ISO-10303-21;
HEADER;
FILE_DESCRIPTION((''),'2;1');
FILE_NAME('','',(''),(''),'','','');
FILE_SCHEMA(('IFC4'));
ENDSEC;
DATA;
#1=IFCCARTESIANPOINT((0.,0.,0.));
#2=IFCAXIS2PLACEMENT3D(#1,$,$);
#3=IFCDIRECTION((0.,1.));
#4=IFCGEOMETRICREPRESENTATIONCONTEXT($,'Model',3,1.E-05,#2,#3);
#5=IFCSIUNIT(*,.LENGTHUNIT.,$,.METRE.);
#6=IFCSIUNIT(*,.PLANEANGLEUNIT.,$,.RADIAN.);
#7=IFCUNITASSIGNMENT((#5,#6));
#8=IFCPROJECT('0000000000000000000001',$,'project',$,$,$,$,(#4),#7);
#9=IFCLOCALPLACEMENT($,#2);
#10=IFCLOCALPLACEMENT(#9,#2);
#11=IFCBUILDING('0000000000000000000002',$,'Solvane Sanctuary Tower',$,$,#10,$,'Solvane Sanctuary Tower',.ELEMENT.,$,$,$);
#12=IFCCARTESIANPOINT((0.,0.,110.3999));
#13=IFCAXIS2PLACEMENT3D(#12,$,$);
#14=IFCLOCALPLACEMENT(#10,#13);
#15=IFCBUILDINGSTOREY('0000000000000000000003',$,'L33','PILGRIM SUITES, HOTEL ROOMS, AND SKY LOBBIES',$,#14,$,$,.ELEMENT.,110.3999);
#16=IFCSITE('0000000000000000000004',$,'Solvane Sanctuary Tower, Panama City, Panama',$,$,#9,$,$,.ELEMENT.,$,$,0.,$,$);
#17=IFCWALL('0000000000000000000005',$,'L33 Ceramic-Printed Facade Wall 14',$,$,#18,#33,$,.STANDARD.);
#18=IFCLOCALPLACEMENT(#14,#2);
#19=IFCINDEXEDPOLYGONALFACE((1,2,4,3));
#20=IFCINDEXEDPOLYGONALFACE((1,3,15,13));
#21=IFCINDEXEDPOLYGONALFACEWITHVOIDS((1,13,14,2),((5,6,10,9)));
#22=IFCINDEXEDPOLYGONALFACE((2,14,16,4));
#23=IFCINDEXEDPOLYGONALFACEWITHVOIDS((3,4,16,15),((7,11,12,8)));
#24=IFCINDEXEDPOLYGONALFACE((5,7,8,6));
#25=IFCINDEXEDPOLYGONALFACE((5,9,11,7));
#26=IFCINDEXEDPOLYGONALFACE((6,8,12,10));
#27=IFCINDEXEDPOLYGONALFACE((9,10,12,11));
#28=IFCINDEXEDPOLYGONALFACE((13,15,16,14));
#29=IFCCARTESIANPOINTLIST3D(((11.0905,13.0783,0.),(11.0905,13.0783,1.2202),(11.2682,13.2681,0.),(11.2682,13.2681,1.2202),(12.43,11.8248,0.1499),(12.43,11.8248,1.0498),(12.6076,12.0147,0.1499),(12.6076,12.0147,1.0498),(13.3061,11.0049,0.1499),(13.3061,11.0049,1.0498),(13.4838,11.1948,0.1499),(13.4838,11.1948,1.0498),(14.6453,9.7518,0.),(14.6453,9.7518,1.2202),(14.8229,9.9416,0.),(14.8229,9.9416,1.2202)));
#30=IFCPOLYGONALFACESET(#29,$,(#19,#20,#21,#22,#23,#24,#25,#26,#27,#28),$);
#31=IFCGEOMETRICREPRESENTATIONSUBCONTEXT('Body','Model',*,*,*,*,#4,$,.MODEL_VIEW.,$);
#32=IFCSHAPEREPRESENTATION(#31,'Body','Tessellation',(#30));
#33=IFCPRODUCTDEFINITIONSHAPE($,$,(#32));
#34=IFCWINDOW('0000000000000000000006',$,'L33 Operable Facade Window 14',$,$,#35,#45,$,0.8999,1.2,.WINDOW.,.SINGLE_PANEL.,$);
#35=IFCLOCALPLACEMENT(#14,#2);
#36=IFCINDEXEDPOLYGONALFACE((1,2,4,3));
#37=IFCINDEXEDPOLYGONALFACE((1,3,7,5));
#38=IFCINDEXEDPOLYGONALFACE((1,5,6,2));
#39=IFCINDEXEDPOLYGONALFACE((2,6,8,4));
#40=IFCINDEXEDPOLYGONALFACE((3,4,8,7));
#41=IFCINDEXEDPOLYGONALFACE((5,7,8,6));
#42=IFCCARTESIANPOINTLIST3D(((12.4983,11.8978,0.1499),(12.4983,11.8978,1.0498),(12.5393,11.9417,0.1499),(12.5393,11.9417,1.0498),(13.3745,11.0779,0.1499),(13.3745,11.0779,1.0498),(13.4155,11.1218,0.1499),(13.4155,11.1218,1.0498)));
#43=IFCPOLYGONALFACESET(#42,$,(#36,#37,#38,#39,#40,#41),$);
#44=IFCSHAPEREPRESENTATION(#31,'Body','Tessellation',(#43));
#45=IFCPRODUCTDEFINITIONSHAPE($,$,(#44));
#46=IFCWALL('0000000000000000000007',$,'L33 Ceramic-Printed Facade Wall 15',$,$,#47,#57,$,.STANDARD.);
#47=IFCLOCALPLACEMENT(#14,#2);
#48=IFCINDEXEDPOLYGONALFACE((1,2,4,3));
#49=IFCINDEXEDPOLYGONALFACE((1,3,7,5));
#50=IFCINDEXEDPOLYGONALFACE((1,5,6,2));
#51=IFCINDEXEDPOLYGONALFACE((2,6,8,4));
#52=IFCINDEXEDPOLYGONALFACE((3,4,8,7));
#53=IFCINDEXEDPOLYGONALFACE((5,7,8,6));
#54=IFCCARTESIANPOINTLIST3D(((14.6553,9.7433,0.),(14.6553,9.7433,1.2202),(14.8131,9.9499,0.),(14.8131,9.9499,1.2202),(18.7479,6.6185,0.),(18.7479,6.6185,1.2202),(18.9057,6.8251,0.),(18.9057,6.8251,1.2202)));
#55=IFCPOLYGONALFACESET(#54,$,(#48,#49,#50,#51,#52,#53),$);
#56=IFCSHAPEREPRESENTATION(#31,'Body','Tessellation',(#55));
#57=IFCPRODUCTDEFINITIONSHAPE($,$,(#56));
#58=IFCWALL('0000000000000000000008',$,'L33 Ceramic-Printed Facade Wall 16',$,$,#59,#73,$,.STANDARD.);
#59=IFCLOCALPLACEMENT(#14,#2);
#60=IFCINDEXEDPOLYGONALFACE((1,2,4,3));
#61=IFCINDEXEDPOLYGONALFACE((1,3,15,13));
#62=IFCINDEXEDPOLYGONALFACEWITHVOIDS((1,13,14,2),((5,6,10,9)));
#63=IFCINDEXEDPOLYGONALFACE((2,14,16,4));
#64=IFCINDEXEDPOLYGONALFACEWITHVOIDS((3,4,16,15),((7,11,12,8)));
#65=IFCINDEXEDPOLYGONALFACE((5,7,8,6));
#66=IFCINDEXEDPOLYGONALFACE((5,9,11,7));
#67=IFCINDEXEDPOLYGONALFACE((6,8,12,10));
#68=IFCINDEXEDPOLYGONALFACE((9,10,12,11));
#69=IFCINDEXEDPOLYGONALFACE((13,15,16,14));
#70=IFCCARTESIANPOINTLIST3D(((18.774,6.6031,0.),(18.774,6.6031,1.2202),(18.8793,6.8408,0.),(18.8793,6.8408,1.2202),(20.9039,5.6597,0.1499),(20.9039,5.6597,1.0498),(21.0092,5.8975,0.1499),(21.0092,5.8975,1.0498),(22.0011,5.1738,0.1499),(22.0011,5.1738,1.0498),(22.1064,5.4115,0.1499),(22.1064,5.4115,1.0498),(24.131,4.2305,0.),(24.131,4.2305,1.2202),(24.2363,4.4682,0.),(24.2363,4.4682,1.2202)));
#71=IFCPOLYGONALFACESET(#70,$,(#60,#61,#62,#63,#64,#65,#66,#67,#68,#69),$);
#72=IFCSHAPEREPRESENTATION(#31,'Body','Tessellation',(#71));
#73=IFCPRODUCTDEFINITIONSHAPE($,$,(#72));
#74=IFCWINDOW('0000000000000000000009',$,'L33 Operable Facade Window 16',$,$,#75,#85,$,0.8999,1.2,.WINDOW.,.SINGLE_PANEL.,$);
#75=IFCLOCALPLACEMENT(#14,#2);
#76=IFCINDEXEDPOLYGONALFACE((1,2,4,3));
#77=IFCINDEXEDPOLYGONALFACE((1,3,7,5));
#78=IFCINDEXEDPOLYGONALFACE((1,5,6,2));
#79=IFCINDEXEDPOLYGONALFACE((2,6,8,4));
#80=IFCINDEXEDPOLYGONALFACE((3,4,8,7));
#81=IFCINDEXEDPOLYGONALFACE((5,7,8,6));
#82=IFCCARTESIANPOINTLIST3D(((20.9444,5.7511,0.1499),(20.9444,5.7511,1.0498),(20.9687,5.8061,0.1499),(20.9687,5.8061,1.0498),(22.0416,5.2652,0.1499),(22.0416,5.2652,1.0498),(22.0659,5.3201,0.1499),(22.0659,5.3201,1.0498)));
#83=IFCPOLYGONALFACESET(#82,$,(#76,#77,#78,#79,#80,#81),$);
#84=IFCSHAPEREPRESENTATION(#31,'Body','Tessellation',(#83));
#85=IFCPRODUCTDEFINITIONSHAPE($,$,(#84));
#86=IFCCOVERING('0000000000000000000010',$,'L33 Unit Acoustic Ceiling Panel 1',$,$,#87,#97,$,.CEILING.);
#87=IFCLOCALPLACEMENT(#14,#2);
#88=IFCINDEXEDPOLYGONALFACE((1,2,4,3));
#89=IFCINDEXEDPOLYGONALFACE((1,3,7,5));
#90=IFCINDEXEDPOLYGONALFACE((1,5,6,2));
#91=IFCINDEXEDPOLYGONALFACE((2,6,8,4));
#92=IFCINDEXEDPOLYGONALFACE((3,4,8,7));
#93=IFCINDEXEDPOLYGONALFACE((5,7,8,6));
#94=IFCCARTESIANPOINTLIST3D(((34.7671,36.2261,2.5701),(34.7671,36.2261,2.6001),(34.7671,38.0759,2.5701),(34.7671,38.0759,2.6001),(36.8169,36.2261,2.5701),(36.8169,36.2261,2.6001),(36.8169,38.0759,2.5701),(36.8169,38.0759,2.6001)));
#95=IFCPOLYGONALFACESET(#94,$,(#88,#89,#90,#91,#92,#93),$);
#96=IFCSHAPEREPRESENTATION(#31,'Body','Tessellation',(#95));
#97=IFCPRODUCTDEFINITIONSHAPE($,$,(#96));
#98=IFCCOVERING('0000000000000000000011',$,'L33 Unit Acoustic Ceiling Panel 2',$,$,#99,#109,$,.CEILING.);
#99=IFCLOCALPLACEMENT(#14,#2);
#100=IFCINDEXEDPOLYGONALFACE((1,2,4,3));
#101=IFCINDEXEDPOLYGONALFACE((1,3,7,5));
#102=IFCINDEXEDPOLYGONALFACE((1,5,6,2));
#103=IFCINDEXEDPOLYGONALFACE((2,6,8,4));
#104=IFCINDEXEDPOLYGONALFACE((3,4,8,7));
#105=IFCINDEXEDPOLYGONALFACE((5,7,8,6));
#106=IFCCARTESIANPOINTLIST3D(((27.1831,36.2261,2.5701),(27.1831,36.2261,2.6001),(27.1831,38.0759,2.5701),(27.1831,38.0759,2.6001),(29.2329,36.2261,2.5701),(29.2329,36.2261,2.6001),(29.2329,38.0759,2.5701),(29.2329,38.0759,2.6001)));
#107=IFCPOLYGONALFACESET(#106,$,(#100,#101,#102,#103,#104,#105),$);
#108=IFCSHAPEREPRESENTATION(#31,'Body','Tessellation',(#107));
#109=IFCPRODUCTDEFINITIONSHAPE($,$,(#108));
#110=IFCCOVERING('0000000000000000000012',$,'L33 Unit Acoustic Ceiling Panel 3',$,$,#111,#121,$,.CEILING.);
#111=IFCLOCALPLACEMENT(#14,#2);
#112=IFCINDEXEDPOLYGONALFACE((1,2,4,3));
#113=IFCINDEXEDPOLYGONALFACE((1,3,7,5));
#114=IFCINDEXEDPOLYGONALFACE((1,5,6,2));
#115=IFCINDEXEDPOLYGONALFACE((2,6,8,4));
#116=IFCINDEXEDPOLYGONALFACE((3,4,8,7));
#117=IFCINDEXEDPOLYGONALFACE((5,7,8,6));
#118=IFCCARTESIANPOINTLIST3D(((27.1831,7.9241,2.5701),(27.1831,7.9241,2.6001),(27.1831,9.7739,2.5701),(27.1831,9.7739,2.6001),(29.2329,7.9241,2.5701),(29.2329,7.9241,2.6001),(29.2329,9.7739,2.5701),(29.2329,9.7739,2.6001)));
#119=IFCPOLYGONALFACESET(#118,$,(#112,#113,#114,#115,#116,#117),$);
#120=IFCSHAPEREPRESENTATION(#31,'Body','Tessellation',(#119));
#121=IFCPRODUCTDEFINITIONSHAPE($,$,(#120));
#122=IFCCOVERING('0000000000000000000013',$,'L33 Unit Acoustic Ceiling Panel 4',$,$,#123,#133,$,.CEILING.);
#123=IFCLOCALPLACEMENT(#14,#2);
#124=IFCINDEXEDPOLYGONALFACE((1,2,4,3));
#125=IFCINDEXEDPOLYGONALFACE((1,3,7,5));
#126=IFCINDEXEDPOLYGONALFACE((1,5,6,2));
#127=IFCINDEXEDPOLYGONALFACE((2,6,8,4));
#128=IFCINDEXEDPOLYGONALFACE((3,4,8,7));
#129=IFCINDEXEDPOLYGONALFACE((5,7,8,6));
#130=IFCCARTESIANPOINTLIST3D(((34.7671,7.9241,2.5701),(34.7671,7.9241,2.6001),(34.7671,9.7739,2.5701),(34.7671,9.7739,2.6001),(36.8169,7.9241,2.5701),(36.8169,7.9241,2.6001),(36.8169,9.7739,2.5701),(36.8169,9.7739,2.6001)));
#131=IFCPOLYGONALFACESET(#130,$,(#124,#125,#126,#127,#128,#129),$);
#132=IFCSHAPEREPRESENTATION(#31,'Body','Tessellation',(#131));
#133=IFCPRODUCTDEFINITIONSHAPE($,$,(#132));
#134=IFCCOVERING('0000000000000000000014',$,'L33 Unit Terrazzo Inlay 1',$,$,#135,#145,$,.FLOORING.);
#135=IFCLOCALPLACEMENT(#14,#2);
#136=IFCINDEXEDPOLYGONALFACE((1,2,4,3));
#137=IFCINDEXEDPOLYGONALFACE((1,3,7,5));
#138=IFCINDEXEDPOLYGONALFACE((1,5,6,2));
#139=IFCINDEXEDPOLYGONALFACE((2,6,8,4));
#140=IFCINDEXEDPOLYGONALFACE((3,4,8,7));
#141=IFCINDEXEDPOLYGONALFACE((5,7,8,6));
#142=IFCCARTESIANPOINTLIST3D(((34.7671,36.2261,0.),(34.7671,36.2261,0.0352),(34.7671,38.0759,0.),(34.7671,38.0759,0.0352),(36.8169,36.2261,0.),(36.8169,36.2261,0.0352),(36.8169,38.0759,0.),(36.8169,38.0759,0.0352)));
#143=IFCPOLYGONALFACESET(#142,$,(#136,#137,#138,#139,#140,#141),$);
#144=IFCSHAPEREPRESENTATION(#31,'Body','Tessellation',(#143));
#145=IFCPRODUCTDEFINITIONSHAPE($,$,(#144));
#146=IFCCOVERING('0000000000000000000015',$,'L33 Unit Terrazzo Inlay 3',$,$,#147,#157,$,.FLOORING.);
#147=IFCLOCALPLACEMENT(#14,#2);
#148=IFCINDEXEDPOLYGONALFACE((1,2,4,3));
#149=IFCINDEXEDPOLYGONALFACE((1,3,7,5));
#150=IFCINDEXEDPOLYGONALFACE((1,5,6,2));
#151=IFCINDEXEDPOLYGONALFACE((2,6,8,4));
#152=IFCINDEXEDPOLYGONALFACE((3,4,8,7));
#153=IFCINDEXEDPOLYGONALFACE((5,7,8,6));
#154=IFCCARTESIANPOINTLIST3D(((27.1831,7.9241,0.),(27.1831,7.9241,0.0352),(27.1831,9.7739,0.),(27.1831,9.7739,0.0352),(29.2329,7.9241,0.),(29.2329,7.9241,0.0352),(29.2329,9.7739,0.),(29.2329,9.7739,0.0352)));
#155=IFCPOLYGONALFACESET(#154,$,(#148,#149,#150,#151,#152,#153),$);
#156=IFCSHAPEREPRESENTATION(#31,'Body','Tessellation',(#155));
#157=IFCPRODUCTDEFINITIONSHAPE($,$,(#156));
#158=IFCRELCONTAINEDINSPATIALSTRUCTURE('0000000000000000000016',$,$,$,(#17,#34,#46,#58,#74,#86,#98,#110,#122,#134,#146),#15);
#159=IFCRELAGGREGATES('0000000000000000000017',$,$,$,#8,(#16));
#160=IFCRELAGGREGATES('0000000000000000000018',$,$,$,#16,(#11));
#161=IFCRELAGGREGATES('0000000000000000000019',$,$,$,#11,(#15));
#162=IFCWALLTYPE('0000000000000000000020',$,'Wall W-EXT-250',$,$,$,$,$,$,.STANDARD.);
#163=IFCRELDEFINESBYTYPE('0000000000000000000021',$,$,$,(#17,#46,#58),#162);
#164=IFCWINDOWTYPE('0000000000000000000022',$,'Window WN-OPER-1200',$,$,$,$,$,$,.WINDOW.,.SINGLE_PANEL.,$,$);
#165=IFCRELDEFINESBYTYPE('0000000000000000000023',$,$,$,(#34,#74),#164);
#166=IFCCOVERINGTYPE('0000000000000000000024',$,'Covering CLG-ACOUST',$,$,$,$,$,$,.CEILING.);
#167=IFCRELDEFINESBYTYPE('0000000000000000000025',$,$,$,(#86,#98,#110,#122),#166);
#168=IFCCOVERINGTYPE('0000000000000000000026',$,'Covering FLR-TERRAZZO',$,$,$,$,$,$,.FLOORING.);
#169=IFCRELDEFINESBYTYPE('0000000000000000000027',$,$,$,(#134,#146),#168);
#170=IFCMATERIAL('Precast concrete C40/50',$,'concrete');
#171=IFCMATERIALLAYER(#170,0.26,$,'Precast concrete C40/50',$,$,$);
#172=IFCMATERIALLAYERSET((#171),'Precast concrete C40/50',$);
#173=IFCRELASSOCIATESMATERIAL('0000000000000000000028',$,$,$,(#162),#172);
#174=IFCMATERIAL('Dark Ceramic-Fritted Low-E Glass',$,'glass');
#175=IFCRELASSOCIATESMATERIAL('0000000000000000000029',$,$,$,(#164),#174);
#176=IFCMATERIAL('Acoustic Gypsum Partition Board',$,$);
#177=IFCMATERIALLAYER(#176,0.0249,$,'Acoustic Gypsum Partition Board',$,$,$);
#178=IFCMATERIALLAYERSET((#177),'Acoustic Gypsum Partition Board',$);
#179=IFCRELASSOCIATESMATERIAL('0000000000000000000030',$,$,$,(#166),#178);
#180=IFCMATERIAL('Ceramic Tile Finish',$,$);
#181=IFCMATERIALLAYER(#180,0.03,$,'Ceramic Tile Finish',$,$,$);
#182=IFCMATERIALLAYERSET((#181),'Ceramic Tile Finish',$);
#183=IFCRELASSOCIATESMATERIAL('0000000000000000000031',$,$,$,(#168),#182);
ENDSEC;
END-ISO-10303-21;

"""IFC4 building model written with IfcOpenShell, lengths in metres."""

from ifc_helpers import new_model, si_unit, direction, frame, frame_2d, origin, place, context, subcontext, project, spatial, polyline, rectangle, outline, extrude, material, layer, layer_set, type_object, element, fill, save


model = new_model("IFC4")

# Units and contexts
model_context = context("Model", 3, precision=1e-05, world=origin(), true_north=direction((0.0, 1.0)))
body_context = subcontext(model_context, "Body", "Model", "MODEL_VIEW")
ifc_project = project(units=[si_unit("LENGTHUNIT", "METRE"), si_unit("PLANEANGLEUNIT", "RADIAN")], contexts=[model_context])

# Site, building, storey
site_placement = place(None, origin())
site = spatial("IfcSite", under=ifc_project, at=site_placement, Name="Solvane Sanctuary Tower, Panama City, Panama", CompositionType="ELEMENT", RefElevation=0.0)
building_placement = place(site_placement, origin())
building = spatial("IfcBuilding", under=site, at=building_placement, Name="Solvane Sanctuary Tower", LongName="Solvane Sanctuary Tower", CompositionType="ELEMENT")
storey_placement = place(building_placement, frame((0.0, 0.0, 110.3999)))
storey = spatial("IfcBuildingStorey", under=building, at=storey_placement, Name="L33", Description="PILGRIM SUITES, HOTEL ROOMS, AND SKY LOBBIES", CompositionType="ELEMENT", Elevation=110.3999)

# Shared definitions
ifc_material_1 = material(Name="Acoustic Gypsum Partition Board")

# Wall, opening, window
ifc_material_2 = material(Name="Precast concrete C40/50", Category="concrete")
ifc_layer_1 = layer(ifc_material_2, 0.26, Name="Precast concrete C40/50")
ifc_layer_set_1 = layer_set([ifc_layer_1], Name="Precast concrete C40/50")
wall_type_1 = type_object("IfcWallType", Name="Wall W-EXT-250", PredefinedType="STANDARD", material=ifc_layer_set_1)
wall_1_placement = place(storey_placement, frame((11.1794, 13.1731, 0.0), z_axis=(0.0, 0.0, 1.0), x_axis=(0.730162, -0.683274, 0.0)))
wall_1 = element("IfcWall", 1, at=wall_1_placement, inside=storey, type_object=wall_type_1, Name="L33 Ceramic-Printed Facade Wall 14", PredefinedType="STANDARD", context=body_context, shape_type="SweptSolid", body=[
    extrude(rectangle(XDim=4.8684, YDim=0.26, at=frame_2d((2.4341, 0.0))), origin(), (0.0, 0.0, 1.0), 1.2202),
])
opening_1_placement = place(wall_1_placement, frame((1.8342, 0.0, 0.1499)))
opening_1 = element("IfcOpeningElement", 2, at=opening_1_placement, cuts=wall_1, PredefinedType="OPENING", context=body_context, shape_type="SweptSolid", body=[
    extrude(rectangle(XDim=1.2, YDim=0.8999, at=frame_2d((0.6001, 0.45))), frame((0.0, 0.1399, 0.0), z_axis=(0.0, -1.0, 0.0), x_axis=(1.0, 0.0, 0.0)), (0.0, 0.0, 1.0), 0.28),
])
ifc_material_3 = material(Name="Dark Ceramic-Fritted Low-E Glass", Category="glass")
window_type = type_object("IfcWindowType", Name="Window WN-OPER-1200", PartitioningType="SINGLE_PANEL", PredefinedType="WINDOW", material=ifc_material_3)
window_1_placement = place(opening_1_placement, origin())
window_1 = element("IfcWindow", 3, at=window_1_placement, inside=storey, type_object=window_type, Name="L33 Operable Facade Window 14", OverallHeight=0.8999, OverallWidth=1.2, PartitioningType="SINGLE_PANEL", PredefinedType="WINDOW", context=body_context, shape_type="SweptSolid", body=[
    extrude(rectangle(XDim=1.2, YDim=0.8999, at=frame_2d((0.6001, 0.45))), frame((0.0, 0.03, 0.0), z_axis=(0.0, -1.0, 0.0), x_axis=(1.0, 0.0, 0.0)), (0.0, 0.0, 1.0), 0.0601),
])
fill(opening_1, window_1)

# Wall
wall_2_placement = place(storey_placement, frame((14.7341, 9.8467, 0.0), z_axis=(0.0, 0.0, 1.0), x_axis=(0.79481, -0.606859, 0.0)))
element("IfcWall", 4, at=wall_2_placement, inside=storey, type_object=wall_type_1, Name="L33 Ceramic-Printed Facade Wall 15", PredefinedType="STANDARD", context=body_context, shape_type="SweptSolid", body=[
    extrude(rectangle(XDim=5.1492, YDim=0.26, at=frame_2d((2.5747, 0.0))), origin(), (0.0, 0.0, 1.0), 1.2202),
])

# Wall, opening, window
wall_3_placement = place(storey_placement, frame((18.8267, 6.7219, 0.0), z_axis=(0.0, 0.0, 1.0), x_axis=(0.914337, -0.404955, 0.0)))
wall_3 = element("IfcWall", 5, at=wall_3_placement, inside=storey, type_object=wall_type_1, Name="L33 Ceramic-Printed Facade Wall 16", PredefinedType="STANDARD", context=body_context, shape_type="SweptSolid", body=[
    extrude(rectangle(XDim=5.8589, YDim=0.26, at=frame_2d((2.9294, 0.0))), origin(), (0.0, 0.0, 1.0), 1.2202),
])
opening_2_placement = place(wall_3_placement, frame((2.3293, 0.0, 0.1499)))
opening_2 = element("IfcOpeningElement", 6, at=opening_2_placement, cuts=wall_3, PredefinedType="OPENING", context=body_context, shape_type="SweptSolid", body=[
    extrude(rectangle(XDim=1.2, YDim=0.8999, at=frame_2d((0.6001, 0.45))), frame((0.0, 0.1399, 0.0), z_axis=(0.0, -1.0, 0.0), x_axis=(1.0, 0.0, 0.0)), (0.0, 0.0, 1.0), 0.28),
])
window_2_placement = place(opening_2_placement, origin())
window_2 = element("IfcWindow", 7, at=window_2_placement, inside=storey, type_object=window_type, Name="L33 Operable Facade Window 16", OverallHeight=0.8999, OverallWidth=1.2, PartitioningType="SINGLE_PANEL", PredefinedType="WINDOW", context=body_context, shape_type="SweptSolid", body=[
    extrude(rectangle(XDim=1.2, YDim=0.8999, at=frame_2d((0.6001, 0.45))), frame((0.0, 0.03, 0.0), z_axis=(0.0, -1.0, 0.0), x_axis=(1.0, 0.0, 0.0)), (0.0, 0.0, 1.0), 0.0601),
])
fill(opening_2, window_2)

# Coverings
ifc_layer_2 = layer(ifc_material_1, 0.0249, Name="Acoustic Gypsum Partition Board")
ifc_layer_set_2 = layer_set([ifc_layer_2], Name="Acoustic Gypsum Partition Board")
covering_type_1 = type_object("IfcCoveringType", Name="Covering CLG-ACOUST", PredefinedType="CEILING", material=ifc_layer_set_2)
covering_1_placement = place(storey_placement, frame((0.0, 0.0, 2.5701)))
element("IfcCovering", 8, at=covering_1_placement, inside=storey, type_object=covering_type_1, Name="L33 Unit Acoustic Ceiling Panel 1", PredefinedType="CEILING", context=body_context, shape_type="SweptSolid", body=[
    extrude(outline(polyline([(34.7671, 36.2261), (36.8169, 36.2261), (36.8169, 38.0759), (34.7671, 38.0759), (34.7671, 36.2261)])), origin(), (0.0, 0.0, 1.0), 0.03),
])
covering_2_placement = place(storey_placement, frame((0.0, 0.0, 2.5701)))
element("IfcCovering", 9, at=covering_2_placement, inside=storey, type_object=covering_type_1, Name="L33 Unit Acoustic Ceiling Panel 2", PredefinedType="CEILING", context=body_context, shape_type="SweptSolid", body=[
    extrude(outline(polyline([(27.1831, 36.2261), (29.2329, 36.2261), (29.2329, 38.0759), (27.1831, 38.0759), (27.1831, 36.2261)])), origin(), (0.0, 0.0, 1.0), 0.03),
])
covering_3_placement = place(storey_placement, frame((0.0, 0.0, 2.5701)))
element("IfcCovering", 10, at=covering_3_placement, inside=storey, type_object=covering_type_1, Name="L33 Unit Acoustic Ceiling Panel 3", PredefinedType="CEILING", context=body_context, shape_type="SweptSolid", body=[
    extrude(outline(polyline([(27.1831, 7.9241), (29.2329, 7.9241), (29.2329, 9.7739), (27.1831, 9.7739), (27.1831, 7.9241)])), origin(), (0.0, 0.0, 1.0), 0.03),
])
covering_4_placement = place(storey_placement, frame((0.0, 0.0, 2.5701)))
element("IfcCovering", 11, at=covering_4_placement, inside=storey, type_object=covering_type_1, Name="L33 Unit Acoustic Ceiling Panel 4", PredefinedType="CEILING", context=body_context, shape_type="SweptSolid", body=[
    extrude(outline(polyline([(34.7671, 7.9241), (36.8169, 7.9241), (36.8169, 9.7739), (34.7671, 9.7739), (34.7671, 7.9241)])), origin(), (0.0, 0.0, 1.0), 0.03),
])
ifc_material_4 = material(Name="Ceramic Tile Finish")
ifc_layer_3 = layer(ifc_material_4, 0.03, Name="Ceramic Tile Finish")
ifc_layer_set_3 = layer_set([ifc_layer_3], Name="Ceramic Tile Finish")
covering_type_2 = type_object("IfcCoveringType", Name="Covering FLR-TERRAZZO", PredefinedType="FLOORING", material=ifc_layer_set_3)
covering_5_placement = place(storey_placement, origin())
element("IfcCovering", 12, at=covering_5_placement, inside=storey, type_object=covering_type_2, Name="L33 Unit Terrazzo Inlay 1", PredefinedType="FLOORING", context=body_context, shape_type="SweptSolid", body=[
    extrude(outline(polyline([(34.7671, 36.2261), (36.8169, 36.2261), (36.8169, 38.0759), (34.7671, 38.0759), (34.7671, 36.2261)])), origin(), (0.0, 0.0, 1.0), 0.0352),
])
covering_6_placement = place(storey_placement, origin())
element("IfcCovering", 13, at=covering_6_placement, inside=storey, type_object=covering_type_2, Name="L33 Unit Terrazzo Inlay 3", PredefinedType="FLOORING", context=body_context, shape_type="SweptSolid", body=[
    extrude(outline(polyline([(27.1831, 7.9241), (29.2329, 7.9241), (29.2329, 9.7739), (27.1831, 9.7739), (27.1831, 7.9241)])), origin(), (0.0, 0.0, 1.0), 0.0352),
])

save(model, "model.ifc")
